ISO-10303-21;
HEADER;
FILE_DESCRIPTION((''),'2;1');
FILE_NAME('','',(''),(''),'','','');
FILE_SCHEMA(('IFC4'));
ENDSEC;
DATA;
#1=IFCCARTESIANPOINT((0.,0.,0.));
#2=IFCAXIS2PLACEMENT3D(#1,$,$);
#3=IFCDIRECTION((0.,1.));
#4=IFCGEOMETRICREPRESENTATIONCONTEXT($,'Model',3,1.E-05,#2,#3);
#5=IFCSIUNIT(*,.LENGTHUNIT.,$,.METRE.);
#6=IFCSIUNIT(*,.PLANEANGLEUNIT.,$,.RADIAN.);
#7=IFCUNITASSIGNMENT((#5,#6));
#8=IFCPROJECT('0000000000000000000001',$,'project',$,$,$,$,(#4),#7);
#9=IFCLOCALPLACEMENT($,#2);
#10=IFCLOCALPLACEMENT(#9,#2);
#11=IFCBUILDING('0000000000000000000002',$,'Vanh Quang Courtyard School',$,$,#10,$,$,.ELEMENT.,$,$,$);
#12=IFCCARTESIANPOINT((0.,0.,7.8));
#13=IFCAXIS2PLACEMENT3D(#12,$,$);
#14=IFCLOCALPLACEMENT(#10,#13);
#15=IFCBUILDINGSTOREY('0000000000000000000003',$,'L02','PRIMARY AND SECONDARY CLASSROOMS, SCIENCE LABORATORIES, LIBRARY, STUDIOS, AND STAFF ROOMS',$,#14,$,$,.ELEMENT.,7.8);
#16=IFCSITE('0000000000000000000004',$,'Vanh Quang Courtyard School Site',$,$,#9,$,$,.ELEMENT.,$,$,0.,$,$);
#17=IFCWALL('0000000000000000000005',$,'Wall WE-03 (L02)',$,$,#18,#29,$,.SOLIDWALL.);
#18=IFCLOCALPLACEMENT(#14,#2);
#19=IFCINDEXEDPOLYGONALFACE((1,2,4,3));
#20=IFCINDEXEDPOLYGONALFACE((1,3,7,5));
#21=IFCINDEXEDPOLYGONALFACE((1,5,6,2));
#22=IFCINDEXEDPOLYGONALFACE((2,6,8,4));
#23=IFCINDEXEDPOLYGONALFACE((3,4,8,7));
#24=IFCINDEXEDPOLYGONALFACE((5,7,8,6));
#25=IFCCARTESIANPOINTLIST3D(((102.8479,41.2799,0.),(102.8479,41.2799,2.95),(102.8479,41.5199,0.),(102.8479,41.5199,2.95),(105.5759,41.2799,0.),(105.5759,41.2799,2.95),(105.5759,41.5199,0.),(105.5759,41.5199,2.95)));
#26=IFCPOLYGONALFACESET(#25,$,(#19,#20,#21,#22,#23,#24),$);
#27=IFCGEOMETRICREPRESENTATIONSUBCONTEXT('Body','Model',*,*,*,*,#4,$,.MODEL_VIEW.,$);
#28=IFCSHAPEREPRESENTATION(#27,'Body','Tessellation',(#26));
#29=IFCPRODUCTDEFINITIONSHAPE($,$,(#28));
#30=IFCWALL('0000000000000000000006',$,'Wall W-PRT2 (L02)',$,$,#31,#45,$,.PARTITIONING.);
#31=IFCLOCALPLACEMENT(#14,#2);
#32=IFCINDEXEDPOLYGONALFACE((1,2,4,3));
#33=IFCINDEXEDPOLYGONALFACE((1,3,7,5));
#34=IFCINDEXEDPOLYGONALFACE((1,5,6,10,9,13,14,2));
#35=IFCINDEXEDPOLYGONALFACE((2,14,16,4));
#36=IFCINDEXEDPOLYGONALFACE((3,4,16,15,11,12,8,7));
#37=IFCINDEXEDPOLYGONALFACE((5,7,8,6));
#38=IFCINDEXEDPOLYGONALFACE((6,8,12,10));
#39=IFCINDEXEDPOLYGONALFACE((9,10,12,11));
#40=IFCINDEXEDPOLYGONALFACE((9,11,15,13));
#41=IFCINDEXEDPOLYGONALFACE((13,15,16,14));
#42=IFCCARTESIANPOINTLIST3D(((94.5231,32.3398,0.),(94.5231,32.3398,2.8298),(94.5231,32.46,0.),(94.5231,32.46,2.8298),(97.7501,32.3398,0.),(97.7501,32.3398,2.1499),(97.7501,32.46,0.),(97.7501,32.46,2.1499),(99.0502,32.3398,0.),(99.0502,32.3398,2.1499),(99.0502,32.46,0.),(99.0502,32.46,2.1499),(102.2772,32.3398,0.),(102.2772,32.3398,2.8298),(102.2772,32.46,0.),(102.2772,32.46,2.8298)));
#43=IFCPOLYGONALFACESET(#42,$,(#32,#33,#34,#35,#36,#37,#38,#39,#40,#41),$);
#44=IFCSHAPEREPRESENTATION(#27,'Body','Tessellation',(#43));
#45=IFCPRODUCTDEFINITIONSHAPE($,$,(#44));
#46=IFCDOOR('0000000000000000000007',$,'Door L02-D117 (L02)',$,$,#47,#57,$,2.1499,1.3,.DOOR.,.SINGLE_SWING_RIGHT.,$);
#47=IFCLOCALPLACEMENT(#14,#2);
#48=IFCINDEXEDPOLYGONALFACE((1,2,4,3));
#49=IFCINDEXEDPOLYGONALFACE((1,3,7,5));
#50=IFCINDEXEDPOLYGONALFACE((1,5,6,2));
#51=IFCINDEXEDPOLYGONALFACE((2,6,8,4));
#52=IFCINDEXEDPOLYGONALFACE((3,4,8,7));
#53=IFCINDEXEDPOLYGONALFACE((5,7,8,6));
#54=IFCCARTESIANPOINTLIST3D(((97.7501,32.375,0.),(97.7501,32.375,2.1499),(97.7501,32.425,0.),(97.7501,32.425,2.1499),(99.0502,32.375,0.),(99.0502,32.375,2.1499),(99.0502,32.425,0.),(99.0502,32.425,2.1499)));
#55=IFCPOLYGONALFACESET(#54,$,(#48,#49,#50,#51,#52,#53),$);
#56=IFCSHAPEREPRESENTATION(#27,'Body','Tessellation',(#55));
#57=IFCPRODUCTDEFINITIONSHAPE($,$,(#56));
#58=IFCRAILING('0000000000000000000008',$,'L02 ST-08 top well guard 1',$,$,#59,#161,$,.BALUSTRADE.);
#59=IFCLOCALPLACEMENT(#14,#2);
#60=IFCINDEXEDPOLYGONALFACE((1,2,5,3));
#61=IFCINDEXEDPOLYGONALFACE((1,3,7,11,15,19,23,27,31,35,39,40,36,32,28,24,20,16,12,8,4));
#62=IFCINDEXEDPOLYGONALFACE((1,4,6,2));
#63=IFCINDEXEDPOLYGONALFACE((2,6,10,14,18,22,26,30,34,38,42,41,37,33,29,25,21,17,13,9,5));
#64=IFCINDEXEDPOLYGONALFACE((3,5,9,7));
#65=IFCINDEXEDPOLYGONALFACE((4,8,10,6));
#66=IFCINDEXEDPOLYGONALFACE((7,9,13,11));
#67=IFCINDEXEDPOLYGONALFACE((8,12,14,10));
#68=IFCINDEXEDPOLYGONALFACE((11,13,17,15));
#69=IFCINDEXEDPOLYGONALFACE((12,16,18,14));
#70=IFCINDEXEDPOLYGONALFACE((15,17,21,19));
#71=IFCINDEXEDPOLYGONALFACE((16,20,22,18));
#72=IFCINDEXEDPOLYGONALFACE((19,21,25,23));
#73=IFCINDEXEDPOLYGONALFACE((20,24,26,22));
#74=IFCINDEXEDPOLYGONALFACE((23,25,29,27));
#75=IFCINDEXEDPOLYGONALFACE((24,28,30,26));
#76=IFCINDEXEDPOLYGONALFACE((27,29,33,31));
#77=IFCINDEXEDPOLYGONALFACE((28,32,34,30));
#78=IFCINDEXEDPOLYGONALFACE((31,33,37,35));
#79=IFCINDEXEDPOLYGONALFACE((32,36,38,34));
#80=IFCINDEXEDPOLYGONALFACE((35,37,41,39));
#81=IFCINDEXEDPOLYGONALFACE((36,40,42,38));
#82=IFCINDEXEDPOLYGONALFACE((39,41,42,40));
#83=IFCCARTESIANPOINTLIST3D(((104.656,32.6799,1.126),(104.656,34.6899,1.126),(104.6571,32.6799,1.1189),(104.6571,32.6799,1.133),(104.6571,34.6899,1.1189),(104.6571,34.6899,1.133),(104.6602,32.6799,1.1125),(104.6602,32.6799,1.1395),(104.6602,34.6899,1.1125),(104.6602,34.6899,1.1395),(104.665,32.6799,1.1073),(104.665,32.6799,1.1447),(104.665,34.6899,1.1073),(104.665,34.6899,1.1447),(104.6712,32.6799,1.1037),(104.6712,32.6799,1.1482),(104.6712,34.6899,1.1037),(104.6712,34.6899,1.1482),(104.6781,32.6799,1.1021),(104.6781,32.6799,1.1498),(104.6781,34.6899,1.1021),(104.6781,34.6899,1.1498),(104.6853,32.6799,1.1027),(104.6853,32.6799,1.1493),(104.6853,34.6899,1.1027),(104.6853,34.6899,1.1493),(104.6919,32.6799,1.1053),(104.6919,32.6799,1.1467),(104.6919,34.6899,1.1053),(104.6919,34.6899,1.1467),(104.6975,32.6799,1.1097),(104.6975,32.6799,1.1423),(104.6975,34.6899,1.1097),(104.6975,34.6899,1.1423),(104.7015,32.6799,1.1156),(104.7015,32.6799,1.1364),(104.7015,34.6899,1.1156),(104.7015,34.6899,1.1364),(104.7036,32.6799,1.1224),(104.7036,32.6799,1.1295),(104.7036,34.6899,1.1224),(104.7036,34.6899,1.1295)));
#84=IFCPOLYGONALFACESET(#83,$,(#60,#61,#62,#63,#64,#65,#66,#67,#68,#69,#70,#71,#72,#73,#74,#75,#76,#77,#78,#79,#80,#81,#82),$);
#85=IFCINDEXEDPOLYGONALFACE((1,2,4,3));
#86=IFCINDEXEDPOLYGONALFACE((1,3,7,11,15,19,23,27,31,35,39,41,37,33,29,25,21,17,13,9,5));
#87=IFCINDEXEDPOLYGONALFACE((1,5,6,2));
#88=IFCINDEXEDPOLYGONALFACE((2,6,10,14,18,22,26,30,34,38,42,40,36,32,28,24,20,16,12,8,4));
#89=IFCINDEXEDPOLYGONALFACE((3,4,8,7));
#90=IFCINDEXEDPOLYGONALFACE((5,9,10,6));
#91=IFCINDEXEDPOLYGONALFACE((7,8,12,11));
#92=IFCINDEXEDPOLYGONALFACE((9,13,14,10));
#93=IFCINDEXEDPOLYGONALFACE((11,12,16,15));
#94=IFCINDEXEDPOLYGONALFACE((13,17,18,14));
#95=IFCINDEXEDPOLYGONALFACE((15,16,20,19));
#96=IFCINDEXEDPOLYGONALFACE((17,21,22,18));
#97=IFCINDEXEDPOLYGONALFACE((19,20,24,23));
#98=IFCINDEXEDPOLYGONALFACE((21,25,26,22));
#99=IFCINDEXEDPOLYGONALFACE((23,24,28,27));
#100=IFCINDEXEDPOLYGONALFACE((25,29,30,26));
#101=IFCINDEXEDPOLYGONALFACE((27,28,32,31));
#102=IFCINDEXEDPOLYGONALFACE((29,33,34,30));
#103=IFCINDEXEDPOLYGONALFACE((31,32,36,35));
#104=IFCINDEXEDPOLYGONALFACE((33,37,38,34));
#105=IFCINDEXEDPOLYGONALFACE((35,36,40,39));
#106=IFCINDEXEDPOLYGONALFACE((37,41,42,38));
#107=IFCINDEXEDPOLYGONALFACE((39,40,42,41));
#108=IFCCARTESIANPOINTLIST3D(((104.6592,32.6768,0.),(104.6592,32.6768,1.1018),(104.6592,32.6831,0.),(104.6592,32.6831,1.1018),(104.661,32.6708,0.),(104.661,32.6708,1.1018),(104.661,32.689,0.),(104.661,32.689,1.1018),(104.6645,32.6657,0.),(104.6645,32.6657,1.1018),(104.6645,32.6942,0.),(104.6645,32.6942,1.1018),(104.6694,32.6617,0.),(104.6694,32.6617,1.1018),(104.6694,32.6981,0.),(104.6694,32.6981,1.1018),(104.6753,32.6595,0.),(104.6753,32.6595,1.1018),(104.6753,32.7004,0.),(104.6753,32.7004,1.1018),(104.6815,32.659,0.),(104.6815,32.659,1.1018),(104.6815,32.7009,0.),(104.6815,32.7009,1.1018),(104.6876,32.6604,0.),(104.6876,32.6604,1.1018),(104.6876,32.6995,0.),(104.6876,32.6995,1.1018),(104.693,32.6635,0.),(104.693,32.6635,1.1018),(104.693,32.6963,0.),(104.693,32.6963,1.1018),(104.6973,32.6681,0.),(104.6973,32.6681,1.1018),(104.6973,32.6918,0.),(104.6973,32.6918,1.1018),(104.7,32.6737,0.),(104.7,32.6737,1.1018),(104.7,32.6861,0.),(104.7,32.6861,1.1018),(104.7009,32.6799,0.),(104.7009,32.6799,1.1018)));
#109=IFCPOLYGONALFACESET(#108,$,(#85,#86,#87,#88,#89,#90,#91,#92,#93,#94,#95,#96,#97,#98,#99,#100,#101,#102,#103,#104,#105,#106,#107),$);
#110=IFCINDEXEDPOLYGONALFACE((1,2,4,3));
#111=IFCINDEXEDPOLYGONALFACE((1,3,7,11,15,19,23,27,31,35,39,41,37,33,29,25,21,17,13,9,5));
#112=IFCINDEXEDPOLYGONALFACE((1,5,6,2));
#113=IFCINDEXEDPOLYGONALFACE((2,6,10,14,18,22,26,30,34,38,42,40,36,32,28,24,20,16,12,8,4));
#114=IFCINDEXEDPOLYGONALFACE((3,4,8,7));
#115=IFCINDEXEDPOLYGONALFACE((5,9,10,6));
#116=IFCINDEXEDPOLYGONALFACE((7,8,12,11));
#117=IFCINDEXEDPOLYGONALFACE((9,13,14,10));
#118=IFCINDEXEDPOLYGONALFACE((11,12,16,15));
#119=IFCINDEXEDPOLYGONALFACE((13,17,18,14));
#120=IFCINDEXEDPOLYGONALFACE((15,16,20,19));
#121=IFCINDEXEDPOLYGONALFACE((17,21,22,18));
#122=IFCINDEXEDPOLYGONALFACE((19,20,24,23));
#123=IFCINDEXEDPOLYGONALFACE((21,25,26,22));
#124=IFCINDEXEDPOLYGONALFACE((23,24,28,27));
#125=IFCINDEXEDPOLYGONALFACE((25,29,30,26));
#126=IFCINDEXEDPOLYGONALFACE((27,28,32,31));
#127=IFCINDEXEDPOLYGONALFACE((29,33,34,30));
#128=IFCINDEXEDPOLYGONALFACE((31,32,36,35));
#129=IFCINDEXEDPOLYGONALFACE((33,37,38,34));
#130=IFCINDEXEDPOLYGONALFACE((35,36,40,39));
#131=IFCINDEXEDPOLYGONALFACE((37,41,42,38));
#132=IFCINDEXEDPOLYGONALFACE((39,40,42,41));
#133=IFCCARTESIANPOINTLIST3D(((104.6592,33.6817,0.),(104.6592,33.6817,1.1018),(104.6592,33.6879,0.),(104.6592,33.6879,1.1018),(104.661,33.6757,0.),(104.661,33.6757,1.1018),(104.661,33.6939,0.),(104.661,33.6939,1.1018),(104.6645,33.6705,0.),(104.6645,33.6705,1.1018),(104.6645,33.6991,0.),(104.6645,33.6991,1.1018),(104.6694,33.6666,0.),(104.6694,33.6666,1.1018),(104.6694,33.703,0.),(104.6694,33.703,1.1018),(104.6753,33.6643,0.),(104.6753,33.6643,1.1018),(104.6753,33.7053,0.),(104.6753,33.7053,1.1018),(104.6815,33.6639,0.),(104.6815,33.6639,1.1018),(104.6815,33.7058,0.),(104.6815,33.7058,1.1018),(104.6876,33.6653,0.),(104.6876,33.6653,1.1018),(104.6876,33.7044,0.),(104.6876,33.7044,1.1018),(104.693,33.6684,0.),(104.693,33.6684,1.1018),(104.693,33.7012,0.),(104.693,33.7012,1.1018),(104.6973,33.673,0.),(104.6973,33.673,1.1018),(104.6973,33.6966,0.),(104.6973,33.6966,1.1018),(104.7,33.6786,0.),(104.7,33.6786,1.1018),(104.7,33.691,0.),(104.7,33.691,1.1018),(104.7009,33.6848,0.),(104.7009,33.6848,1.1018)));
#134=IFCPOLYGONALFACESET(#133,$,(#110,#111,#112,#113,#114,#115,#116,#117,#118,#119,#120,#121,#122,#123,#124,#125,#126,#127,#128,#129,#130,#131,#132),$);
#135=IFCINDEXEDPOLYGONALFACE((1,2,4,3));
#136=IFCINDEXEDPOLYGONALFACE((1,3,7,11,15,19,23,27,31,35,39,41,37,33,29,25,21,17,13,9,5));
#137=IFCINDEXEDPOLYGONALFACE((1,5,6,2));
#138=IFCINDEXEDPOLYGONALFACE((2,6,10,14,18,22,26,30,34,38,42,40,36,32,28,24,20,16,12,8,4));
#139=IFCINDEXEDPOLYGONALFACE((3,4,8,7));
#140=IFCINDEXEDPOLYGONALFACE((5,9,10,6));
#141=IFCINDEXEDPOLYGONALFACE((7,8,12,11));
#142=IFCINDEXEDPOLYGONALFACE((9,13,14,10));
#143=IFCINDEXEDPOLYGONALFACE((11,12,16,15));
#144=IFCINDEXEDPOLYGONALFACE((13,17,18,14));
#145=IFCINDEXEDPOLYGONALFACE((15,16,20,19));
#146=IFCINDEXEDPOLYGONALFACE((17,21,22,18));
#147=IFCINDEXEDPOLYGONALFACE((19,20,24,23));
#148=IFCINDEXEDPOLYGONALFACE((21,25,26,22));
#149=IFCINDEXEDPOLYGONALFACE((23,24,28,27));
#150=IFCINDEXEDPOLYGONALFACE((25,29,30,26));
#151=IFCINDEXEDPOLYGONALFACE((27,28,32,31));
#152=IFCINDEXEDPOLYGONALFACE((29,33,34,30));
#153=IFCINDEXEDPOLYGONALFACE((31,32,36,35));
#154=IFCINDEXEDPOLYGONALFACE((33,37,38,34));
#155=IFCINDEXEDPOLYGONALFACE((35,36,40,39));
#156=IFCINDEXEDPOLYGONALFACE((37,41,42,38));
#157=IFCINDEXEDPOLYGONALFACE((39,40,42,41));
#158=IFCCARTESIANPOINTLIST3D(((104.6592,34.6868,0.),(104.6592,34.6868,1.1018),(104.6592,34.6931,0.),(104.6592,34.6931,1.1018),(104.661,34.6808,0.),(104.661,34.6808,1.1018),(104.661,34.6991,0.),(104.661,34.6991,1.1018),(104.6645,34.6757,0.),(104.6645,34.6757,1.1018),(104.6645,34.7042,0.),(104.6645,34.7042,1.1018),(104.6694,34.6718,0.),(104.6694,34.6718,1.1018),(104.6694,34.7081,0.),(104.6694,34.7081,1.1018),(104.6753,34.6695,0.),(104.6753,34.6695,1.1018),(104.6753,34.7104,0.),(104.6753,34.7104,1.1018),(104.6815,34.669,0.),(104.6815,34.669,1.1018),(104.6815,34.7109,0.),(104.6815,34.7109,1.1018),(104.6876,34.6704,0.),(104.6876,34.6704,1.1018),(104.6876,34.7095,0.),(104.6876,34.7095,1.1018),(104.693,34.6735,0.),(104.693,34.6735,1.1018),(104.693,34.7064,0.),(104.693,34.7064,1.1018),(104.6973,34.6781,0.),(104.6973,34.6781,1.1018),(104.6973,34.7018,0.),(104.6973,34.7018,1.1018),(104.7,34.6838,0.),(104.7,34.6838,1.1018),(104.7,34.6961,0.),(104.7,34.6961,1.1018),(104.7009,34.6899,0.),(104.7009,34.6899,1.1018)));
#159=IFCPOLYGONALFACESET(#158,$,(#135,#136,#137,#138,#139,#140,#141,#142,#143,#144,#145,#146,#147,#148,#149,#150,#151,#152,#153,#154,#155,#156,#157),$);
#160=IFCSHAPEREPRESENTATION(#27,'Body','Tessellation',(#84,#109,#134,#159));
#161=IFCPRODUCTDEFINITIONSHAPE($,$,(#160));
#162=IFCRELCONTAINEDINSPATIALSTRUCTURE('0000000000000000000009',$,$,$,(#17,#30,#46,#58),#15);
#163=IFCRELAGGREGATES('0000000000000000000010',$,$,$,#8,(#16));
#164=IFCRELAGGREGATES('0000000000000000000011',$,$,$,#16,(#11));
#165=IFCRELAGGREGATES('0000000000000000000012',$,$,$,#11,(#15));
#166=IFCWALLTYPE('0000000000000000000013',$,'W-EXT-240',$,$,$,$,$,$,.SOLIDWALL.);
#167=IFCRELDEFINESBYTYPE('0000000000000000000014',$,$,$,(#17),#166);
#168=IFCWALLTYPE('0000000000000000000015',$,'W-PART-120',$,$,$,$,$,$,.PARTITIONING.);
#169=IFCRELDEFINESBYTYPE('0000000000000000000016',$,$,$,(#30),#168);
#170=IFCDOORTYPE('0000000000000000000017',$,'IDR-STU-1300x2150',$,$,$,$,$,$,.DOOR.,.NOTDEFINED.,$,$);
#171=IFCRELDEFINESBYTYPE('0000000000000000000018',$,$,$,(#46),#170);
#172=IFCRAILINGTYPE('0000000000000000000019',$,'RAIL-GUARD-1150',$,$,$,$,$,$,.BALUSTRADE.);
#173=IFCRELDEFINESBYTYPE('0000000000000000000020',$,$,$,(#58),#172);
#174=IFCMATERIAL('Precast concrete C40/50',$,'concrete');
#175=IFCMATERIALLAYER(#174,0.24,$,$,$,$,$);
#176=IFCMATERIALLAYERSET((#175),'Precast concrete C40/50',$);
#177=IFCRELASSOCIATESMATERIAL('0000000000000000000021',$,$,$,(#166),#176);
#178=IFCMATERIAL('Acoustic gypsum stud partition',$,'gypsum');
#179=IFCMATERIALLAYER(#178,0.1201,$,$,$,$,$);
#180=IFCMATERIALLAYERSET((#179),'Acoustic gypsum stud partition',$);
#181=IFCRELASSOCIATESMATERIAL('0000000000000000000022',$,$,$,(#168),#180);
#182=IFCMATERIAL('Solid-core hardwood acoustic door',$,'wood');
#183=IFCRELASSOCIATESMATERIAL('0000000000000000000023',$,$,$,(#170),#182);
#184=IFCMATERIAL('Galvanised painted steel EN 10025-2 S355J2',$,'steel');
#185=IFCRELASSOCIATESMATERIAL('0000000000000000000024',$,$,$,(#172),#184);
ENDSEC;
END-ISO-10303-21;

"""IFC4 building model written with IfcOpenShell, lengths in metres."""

from ifc_helpers import new_model, si_unit, direction, frame, frame_2d, origin, origin_2d, place, context, subcontext, project, spatial, rectangle, circle, extrude, material, layer, layer_set, type_object, element, fill, save


model = new_model("IFC4")

# Units and contexts
model_context = context("Model", 3, precision=1e-05, world=origin(), true_north=direction((0.0, 1.0)))
body_context = subcontext(model_context, "Body", "Model", "MODEL_VIEW")
ifc_project = project(units=[si_unit("LENGTHUNIT", "METRE"), si_unit("PLANEANGLEUNIT", "RADIAN")], contexts=[model_context])

# Site, building, storey
site_placement = place(None, origin())
site = spatial("IfcSite", under=ifc_project, at=site_placement, Name="Vanh Quang Courtyard School Site", CompositionType="ELEMENT", RefElevation=0.0)
building_placement = place(site_placement, origin())
building = spatial("IfcBuilding", under=site, at=building_placement, Name="Vanh Quang Courtyard School", CompositionType="ELEMENT")
storey_placement = place(building_placement, frame((0.0, 0.0, 7.8)))
storey = spatial("IfcBuildingStorey", under=building, at=storey_placement, Name="L02", Description="PRIMARY AND SECONDARY CLASSROOMS, SCIENCE LABORATORIES, LIBRARY, STUDIOS, AND STAFF ROOMS", CompositionType="ELEMENT", Elevation=7.8)

# Wall
ifc_material_1 = material(Name="Precast concrete C40/50", Category="concrete")
ifc_layer_1 = layer(ifc_material_1, 0.24)
ifc_layer_set_1 = layer_set([ifc_layer_1], Name="Precast concrete C40/50")
wall_type_1 = type_object("IfcWallType", Name="W-EXT-240", PredefinedType="SOLIDWALL", material=ifc_layer_set_1)
wall_1_placement = place(storey_placement, frame((102.8479, 41.3999, 0.0), z_axis=(0.0, 0.0, 1.0), x_axis=(1.0, 0.0, 0.0)))
element("IfcWall", 1, at=wall_1_placement, inside=storey, type_object=wall_type_1, Name="Wall WE-03 (L02)", PredefinedType="SOLIDWALL", context=body_context, shape_type="SweptSolid", body=[
    extrude(rectangle(XDim=2.728, YDim=0.24, at=frame_2d((1.364, 0.0))), origin(), (0.0, 0.0, 1.0), 2.95),
])

# Wall, opening, door
ifc_material_2 = material(Name="Acoustic gypsum stud partition", Category="gypsum")
ifc_layer_2 = layer(ifc_material_2, 0.1201)
ifc_layer_set_2 = layer_set([ifc_layer_2], Name="Acoustic gypsum stud partition")
wall_type_2 = type_object("IfcWallType", Name="W-PART-120", PredefinedType="PARTITIONING", material=ifc_layer_set_2)
wall_2_placement = place(storey_placement, frame((102.2771, 32.3999, 0.0), z_axis=(0.0, 0.0, 1.0), x_axis=(-1.0, 0.0, 0.0)))
wall_2 = element("IfcWall", 2, at=wall_2_placement, inside=storey, type_object=wall_type_2, Name="Wall W-PRT2 (L02)", PredefinedType="PARTITIONING", context=body_context, shape_type="SweptSolid", body=[
    extrude(rectangle(XDim=7.7542, YDim=0.1201, at=frame_2d((3.877, 0.0))), origin(), (0.0, 0.0, 1.0), 2.8298),
])
opening_placement = place(wall_2_placement, frame((3.2271, 0.0, 0.0)))
opening = element("IfcOpeningElement", 3, at=opening_placement, cuts=wall_2, PredefinedType="OPENING", context=body_context, shape_type="SweptSolid", body=[
    extrude(rectangle(XDim=1.3, YDim=2.1499, at=frame_2d((0.6499, 1.075))), frame((0.0, 0.0701, 0.0), z_axis=(0.0, -1.0, 0.0), x_axis=(1.0, 0.0, 0.0)), (0.0, 0.0, 1.0), 0.1401),
])
ifc_material_3 = material(Name="Solid-core hardwood acoustic door", Category="wood")
door_type = type_object("IfcDoorType", Name="IDR-STU-1300x2150", OperationType="NOTDEFINED", PredefinedType="DOOR", material=ifc_material_3)
door_placement = place(opening_placement, origin())
door = element("IfcDoor", 4, at=door_placement, inside=storey, type_object=door_type, Name="Door L02-D117 (L02)", OperationType="SINGLE_SWING_RIGHT", OverallHeight=2.1499, OverallWidth=1.3, PredefinedType="DOOR", context=body_context, shape_type="SweptSolid", body=[
    extrude(rectangle(XDim=1.3, YDim=2.1499, at=frame_2d((0.6499, 1.075))), frame((0.0, 0.0249, 0.0), z_axis=(0.0, -1.0, 0.0), x_axis=(1.0, 0.0, 0.0)), (0.0, 0.0, 1.0), 0.05),
])
fill(opening, door)

# Railing
ifc_material_4 = material(Name="Galvanised painted steel EN 10025-2 S355J2", Category="steel")
railing_type = type_object("IfcRailingType", Name="RAIL-GUARD-1150", PredefinedType="BALUSTRADE", material=ifc_material_4)
railing_placement = place(storey_placement, frame((104.6799, 32.6799, 0.0)))
element("IfcRailing", 5, at=railing_placement, inside=storey, type_object=railing_type, Name="L02 ST-08 top well guard 1", PredefinedType="BALUSTRADE", context=body_context, shape_type="SweptSolid", body=[
    extrude(circle(Radius=0.0239, at=origin_2d()), frame((0.0, 0.0, 1.126), z_axis=(0.0, 1.0, 0.0), x_axis=(-1.0, 0.0, 0.0)), (0.0, 0.0, 1.0), 2.01),
    extrude(circle(Radius=0.021, at=origin_2d()), origin(), (0.0, 0.0, 1.0), 1.1018),
    extrude(circle(Radius=0.021, at=origin_2d()), frame((0.0, 1.0049, 0.0)), (0.0, 0.0, 1.0), 1.1018),
    extrude(circle(Radius=0.021, at=origin_2d()), frame((0.0, 2.01, 0.0)), (0.0, 0.0, 1.0), 1.1018),
])

save(model, "model.ifc")
